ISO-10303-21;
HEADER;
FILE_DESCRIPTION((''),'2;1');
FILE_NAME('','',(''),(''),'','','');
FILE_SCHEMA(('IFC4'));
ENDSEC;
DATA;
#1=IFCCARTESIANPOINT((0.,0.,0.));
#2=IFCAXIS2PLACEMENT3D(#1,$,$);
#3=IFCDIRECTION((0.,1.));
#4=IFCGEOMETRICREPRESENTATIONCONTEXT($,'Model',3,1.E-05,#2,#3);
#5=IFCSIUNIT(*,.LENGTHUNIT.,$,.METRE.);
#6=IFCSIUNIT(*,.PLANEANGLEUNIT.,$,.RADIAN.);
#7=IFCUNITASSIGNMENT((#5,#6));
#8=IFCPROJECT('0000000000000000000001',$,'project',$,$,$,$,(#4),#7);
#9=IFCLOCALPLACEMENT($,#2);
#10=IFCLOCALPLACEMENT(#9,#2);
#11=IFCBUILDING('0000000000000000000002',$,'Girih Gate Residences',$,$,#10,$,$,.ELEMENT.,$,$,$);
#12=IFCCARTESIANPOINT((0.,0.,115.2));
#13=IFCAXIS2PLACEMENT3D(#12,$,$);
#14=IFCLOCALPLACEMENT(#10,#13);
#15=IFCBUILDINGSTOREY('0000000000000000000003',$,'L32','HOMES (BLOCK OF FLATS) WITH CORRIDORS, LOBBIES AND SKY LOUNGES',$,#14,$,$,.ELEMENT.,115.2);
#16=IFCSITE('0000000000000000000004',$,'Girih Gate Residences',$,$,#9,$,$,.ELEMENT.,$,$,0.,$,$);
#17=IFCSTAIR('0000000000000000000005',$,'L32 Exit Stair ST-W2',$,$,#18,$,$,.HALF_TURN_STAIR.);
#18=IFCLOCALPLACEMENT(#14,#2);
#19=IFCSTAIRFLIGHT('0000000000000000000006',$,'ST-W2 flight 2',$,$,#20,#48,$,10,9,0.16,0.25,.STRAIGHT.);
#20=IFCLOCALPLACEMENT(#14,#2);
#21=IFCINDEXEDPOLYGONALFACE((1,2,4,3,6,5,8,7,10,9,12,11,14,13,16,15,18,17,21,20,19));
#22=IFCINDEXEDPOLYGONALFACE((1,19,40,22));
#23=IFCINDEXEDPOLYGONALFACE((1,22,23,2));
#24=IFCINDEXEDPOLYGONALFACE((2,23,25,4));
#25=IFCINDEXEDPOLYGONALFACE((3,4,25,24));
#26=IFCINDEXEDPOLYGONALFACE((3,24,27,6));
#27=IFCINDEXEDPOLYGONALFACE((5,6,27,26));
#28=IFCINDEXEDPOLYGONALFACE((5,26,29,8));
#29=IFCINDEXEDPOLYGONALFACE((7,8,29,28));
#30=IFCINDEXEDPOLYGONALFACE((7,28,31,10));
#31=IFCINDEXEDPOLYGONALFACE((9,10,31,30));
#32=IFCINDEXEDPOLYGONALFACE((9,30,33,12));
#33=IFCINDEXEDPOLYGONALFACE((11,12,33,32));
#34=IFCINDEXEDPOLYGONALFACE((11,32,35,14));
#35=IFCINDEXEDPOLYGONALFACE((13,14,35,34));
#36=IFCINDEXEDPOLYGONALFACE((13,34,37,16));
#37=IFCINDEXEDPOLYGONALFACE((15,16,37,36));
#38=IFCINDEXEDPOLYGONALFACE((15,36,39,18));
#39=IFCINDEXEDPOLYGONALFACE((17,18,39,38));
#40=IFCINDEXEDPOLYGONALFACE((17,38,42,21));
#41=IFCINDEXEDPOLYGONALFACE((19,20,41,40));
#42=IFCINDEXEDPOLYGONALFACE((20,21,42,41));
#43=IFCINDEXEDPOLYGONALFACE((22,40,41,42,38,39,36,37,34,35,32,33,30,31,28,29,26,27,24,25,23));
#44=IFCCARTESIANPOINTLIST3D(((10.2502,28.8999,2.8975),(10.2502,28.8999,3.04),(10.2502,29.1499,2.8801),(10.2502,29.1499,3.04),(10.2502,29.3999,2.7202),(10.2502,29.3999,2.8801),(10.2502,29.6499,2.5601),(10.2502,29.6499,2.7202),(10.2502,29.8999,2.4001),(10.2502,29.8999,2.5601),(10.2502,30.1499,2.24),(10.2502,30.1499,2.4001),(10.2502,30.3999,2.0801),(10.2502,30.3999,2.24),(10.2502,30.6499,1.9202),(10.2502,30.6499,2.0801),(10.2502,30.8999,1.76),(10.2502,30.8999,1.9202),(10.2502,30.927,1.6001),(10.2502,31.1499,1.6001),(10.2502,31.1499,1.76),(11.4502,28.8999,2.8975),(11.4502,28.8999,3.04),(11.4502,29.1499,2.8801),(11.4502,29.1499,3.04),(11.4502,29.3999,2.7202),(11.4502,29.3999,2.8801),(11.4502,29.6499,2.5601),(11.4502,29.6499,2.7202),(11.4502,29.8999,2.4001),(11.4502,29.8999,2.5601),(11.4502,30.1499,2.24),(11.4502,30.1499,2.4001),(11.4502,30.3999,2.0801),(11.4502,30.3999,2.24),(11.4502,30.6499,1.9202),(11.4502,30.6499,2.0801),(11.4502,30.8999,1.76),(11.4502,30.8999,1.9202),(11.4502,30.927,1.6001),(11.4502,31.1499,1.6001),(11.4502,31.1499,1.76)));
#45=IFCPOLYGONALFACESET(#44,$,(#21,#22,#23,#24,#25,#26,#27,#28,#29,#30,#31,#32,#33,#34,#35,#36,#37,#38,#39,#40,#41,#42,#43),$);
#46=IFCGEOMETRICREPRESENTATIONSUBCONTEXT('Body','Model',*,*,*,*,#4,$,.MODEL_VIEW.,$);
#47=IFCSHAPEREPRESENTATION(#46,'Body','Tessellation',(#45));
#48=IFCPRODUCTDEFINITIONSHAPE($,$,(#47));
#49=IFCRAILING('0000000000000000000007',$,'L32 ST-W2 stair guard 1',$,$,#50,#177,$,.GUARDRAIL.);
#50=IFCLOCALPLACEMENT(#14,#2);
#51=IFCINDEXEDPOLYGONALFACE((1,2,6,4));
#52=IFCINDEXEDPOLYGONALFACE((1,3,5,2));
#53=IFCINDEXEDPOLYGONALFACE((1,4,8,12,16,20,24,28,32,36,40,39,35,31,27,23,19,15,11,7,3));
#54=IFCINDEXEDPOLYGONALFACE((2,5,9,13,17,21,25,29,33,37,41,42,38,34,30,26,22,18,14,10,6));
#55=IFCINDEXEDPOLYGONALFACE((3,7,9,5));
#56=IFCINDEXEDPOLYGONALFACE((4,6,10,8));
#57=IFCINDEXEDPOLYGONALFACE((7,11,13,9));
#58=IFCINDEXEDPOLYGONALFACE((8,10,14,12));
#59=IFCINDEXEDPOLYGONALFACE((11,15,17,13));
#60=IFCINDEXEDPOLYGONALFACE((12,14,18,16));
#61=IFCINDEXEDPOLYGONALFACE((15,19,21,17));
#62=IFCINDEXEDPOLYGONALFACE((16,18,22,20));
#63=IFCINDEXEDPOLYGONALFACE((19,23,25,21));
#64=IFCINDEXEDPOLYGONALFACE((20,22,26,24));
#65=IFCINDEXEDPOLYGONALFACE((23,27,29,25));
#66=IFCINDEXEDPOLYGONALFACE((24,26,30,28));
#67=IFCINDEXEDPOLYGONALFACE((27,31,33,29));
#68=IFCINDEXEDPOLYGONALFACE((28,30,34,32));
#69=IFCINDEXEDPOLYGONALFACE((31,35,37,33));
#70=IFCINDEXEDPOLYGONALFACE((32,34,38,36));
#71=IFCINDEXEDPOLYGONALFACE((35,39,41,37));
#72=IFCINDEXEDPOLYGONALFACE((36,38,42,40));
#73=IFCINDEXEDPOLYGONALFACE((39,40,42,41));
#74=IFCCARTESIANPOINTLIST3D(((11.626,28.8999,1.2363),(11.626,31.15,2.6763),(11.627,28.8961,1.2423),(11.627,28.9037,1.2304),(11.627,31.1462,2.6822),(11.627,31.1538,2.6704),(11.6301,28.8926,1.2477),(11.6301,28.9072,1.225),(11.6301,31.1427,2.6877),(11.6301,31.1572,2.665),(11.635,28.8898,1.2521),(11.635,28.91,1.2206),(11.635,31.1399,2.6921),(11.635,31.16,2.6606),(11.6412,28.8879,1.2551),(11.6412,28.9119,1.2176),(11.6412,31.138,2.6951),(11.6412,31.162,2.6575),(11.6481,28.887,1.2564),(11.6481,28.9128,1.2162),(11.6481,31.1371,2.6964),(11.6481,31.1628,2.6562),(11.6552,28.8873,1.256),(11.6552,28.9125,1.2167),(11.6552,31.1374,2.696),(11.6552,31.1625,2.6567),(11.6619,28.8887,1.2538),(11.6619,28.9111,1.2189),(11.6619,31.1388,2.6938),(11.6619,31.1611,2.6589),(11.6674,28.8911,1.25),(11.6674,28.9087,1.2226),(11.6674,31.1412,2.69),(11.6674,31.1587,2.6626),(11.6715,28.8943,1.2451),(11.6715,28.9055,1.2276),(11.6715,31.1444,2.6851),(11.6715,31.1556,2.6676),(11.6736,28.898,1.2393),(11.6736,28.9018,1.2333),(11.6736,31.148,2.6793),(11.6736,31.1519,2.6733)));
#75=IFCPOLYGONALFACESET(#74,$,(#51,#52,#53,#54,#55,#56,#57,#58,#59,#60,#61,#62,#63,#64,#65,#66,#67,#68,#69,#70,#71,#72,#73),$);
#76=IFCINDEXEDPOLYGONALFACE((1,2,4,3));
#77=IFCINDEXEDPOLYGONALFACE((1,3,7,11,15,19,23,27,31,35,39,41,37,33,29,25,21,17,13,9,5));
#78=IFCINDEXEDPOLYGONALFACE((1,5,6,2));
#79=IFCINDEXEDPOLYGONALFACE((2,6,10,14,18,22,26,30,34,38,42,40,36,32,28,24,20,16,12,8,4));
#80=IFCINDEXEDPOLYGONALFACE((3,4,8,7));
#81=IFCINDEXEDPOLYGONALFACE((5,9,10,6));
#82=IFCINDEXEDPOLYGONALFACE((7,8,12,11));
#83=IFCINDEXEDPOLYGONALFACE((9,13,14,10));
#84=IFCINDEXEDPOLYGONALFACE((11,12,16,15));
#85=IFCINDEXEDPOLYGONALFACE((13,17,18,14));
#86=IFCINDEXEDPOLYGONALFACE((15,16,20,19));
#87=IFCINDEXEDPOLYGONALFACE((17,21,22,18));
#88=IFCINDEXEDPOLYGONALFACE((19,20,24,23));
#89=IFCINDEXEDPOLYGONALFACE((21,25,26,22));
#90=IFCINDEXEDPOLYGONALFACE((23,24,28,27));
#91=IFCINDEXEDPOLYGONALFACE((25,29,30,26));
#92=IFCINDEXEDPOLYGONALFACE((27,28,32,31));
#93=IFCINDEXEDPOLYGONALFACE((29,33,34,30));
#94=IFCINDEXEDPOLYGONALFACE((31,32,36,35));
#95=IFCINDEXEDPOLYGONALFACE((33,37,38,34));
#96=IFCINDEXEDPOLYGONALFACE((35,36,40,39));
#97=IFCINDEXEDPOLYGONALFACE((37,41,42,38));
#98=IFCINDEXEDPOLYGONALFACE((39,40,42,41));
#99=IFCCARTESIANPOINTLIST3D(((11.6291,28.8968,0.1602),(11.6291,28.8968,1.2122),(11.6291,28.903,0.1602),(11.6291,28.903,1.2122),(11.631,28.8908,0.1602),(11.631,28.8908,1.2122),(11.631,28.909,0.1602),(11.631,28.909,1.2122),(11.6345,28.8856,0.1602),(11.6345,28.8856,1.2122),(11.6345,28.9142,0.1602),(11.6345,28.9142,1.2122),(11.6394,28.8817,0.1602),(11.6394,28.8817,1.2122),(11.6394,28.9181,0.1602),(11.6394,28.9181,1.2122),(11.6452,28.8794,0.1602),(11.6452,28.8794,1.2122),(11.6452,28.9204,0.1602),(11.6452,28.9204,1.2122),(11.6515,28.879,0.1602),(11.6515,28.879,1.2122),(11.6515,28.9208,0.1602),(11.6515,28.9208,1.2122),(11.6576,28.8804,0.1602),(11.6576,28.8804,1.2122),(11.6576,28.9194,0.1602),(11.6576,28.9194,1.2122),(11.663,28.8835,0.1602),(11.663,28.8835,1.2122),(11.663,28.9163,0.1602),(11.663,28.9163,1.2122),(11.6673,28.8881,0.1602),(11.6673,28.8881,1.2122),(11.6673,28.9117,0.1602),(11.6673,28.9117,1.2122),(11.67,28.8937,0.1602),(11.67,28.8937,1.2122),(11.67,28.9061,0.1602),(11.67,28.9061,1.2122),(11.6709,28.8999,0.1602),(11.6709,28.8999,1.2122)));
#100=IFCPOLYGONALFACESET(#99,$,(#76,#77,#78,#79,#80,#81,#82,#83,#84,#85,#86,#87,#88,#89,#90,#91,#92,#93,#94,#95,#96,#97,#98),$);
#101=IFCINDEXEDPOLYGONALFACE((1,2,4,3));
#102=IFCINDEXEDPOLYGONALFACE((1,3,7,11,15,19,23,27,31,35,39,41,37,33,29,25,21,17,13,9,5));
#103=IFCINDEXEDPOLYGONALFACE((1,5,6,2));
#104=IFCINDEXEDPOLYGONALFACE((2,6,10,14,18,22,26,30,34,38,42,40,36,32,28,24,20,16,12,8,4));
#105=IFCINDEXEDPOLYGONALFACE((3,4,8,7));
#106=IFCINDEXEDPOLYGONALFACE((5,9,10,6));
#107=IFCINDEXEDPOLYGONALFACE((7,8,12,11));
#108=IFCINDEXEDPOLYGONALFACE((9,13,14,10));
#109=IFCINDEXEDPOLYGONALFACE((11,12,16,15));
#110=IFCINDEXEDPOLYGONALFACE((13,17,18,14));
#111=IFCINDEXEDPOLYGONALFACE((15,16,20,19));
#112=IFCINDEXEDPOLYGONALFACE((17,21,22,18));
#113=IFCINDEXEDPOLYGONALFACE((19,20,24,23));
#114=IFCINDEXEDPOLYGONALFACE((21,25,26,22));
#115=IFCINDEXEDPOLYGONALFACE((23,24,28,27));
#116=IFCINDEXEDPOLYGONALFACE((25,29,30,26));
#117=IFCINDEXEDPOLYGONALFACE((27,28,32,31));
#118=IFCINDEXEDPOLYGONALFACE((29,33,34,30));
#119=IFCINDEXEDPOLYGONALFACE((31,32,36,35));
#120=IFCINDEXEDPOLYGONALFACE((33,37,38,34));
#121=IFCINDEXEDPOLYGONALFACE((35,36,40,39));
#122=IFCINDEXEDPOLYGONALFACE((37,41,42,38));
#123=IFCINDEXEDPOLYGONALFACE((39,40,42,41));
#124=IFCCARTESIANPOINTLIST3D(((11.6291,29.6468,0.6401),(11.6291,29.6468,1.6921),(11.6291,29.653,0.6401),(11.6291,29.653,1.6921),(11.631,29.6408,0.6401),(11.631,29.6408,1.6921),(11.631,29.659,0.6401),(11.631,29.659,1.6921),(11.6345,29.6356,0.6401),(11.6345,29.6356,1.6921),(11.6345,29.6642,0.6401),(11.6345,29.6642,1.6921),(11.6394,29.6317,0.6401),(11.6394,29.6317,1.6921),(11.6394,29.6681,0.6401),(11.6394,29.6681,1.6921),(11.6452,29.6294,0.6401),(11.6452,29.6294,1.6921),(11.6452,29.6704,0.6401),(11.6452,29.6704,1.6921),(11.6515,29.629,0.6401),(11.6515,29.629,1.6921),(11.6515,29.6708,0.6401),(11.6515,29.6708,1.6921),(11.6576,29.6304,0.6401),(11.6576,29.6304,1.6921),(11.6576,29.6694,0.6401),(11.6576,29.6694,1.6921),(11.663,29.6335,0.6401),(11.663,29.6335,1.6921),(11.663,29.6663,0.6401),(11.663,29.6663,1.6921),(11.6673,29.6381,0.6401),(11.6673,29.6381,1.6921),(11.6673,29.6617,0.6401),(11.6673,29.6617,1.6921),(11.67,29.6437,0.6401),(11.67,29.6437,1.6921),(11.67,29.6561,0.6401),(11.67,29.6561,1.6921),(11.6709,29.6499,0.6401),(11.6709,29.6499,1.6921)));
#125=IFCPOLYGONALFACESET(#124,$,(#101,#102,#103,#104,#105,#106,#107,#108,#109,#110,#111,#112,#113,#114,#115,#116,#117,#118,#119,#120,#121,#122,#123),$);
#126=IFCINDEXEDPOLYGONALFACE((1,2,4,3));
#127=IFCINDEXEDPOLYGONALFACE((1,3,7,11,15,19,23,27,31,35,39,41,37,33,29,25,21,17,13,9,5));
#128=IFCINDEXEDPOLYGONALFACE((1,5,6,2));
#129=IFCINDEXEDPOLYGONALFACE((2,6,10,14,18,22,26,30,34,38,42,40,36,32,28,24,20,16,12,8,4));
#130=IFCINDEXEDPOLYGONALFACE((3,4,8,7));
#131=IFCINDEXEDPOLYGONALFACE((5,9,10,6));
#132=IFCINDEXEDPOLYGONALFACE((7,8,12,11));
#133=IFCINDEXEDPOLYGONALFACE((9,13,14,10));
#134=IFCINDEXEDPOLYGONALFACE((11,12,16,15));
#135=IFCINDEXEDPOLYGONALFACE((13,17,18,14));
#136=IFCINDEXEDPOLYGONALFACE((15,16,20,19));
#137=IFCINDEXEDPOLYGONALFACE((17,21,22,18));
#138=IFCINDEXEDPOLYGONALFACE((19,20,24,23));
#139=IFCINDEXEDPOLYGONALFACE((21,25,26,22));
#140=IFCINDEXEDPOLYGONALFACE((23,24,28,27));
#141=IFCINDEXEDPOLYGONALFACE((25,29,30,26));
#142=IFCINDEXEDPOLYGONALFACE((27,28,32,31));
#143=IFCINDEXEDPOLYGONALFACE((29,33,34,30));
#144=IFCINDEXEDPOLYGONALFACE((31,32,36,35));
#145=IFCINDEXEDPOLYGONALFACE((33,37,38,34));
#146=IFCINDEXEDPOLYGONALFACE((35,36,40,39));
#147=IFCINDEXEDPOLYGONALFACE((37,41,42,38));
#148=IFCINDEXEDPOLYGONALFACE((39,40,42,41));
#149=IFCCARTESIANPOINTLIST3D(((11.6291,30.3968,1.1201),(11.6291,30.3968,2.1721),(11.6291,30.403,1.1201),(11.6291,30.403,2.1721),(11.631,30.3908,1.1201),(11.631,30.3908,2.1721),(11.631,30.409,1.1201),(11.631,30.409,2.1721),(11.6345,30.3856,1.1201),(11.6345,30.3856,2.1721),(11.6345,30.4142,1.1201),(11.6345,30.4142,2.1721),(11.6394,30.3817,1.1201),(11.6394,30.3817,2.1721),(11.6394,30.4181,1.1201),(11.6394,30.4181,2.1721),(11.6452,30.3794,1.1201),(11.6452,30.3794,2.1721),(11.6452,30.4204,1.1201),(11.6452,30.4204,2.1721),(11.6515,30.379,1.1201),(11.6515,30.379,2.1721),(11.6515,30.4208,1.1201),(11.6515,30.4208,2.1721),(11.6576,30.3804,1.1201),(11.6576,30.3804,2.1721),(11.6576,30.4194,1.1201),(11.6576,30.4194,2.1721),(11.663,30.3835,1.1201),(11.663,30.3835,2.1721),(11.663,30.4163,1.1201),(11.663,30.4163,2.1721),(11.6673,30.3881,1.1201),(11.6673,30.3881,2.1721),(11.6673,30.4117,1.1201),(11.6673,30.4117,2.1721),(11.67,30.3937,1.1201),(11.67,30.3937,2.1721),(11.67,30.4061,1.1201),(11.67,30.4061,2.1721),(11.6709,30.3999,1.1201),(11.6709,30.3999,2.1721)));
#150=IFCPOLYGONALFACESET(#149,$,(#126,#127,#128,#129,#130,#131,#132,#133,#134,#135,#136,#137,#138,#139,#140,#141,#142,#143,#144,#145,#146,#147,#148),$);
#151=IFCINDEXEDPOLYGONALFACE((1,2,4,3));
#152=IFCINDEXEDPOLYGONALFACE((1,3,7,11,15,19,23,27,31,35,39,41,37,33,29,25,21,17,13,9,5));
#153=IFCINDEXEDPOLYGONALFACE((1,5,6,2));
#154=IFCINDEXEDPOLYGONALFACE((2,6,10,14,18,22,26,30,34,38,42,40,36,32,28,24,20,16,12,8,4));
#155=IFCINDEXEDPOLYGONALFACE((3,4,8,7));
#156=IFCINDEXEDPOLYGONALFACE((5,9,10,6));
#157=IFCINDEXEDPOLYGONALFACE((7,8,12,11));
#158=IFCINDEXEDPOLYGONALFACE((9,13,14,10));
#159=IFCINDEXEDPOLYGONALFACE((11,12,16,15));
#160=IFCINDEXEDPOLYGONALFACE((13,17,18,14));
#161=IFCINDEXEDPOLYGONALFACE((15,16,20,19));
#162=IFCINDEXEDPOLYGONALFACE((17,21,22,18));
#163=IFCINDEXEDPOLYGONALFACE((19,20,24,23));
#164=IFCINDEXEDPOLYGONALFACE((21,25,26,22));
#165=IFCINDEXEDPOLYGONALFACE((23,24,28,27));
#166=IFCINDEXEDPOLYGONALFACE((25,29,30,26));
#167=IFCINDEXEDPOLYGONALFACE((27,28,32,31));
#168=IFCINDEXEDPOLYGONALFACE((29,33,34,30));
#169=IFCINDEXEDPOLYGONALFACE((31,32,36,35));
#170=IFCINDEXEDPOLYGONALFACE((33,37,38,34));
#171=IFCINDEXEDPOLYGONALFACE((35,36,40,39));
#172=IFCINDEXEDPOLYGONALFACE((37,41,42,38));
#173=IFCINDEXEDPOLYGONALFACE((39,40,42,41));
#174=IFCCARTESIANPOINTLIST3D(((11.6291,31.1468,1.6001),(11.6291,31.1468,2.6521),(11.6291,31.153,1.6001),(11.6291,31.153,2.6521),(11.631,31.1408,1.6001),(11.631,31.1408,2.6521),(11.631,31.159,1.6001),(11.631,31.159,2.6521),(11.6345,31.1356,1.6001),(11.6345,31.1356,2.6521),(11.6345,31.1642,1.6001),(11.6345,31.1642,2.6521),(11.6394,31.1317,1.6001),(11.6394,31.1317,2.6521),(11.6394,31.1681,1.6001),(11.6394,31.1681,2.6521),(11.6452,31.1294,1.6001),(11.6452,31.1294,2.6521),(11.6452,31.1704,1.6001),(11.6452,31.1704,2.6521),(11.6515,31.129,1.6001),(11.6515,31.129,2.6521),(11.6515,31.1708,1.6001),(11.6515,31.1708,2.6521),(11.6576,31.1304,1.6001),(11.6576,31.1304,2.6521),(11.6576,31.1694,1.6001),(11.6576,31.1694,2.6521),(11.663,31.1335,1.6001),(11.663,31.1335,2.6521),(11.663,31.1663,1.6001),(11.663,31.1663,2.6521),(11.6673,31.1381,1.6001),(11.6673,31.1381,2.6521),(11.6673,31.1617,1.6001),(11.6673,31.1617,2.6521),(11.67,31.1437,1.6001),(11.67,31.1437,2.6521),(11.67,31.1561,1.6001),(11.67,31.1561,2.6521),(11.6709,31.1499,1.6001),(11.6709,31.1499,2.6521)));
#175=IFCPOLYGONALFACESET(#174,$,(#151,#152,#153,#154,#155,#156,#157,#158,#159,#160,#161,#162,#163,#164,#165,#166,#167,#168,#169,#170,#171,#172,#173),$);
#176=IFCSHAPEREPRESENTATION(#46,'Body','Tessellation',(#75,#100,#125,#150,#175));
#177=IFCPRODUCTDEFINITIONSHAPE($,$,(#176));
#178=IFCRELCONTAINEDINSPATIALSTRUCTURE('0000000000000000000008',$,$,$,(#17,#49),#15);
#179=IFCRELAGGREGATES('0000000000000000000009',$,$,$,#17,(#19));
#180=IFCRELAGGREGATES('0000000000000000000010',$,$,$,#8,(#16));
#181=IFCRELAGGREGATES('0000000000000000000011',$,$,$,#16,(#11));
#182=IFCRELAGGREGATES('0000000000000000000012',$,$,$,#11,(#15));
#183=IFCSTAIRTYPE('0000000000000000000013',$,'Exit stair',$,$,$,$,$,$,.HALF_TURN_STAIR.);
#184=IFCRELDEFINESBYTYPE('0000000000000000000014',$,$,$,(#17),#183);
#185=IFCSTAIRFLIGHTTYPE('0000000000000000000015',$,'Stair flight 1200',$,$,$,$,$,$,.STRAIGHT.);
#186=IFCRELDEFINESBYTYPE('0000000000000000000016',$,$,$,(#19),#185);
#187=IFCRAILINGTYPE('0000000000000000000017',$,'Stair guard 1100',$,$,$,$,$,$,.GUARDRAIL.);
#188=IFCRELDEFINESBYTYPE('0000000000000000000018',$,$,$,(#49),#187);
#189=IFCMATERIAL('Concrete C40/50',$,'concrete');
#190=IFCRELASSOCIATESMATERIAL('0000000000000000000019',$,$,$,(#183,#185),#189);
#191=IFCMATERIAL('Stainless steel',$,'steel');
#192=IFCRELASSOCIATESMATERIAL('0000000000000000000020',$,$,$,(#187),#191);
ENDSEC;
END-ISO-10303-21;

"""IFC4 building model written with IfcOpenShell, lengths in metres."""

from ifc_helpers import new_model, si_unit, direction, frame, origin, origin_2d, place, context, subcontext, project, spatial, polyline, circle, outline, extrude, material, type_object, element, aggregate, save


model = new_model("IFC4")

# Units and contexts
model_context = context("Model", 3, precision=1e-05, world=origin(), true_north=direction((0.0, 1.0)))
body_context = subcontext(model_context, "Body", "Model", "MODEL_VIEW")
ifc_project = project(units=[si_unit("LENGTHUNIT", "METRE"), si_unit("PLANEANGLEUNIT", "RADIAN")], contexts=[model_context])

# Site, building, storey
site_placement = place(None, origin())
site = spatial("IfcSite", under=ifc_project, at=site_placement, Name="Girih Gate Residences", CompositionType="ELEMENT", RefElevation=0.0)
building_placement = place(site_placement, origin())
building = spatial("IfcBuilding", under=site, at=building_placement, Name="Girih Gate Residences", CompositionType="ELEMENT")
storey_placement = place(building_placement, frame((0.0, 0.0, 115.2)))
storey = spatial("IfcBuildingStorey", under=building, at=storey_placement, Name="L32", Description="HOMES (BLOCK OF FLATS) WITH CORRIDORS, LOBBIES AND SKY LOUNGES", CompositionType="ELEMENT", Elevation=115.2)

# Shared definitions
ifc_material_1 = material(Name="Concrete C40/50", Category="concrete")

# Stair, stair flight
stair_type = type_object("IfcStairType", Name="Exit stair", PredefinedType="HALF_TURN_STAIR", material=ifc_material_1)
stair_placement = place(storey_placement, origin())
stair = element("IfcStair", 1, at=stair_placement, inside=storey, type_object=stair_type, Name="L32 Exit Stair ST-W2", PredefinedType="HALF_TURN_STAIR")
stair_flight_type = type_object("IfcStairFlightType", Name="Stair flight 1200", PredefinedType="STRAIGHT", material=ifc_material_1)
stair_flight_1_placement = place(storey_placement, frame((10.8501, 31.1499, 1.6001), z_axis=(0.0, 0.0, 1.0), x_axis=(0.0, -1.0, 0.0)))
stair_flight_1 = element("IfcStairFlight", 2, at=stair_flight_1_placement, type_object=stair_flight_type, Name="ST-W2 flight 2", NumberOfRisers=10, NumberOfTreads=9, PredefinedType="STRAIGHT", RiserHeight=0.16, TreadLength=0.25, context=body_context, shape_type="SweptSolid", body=[
    extrude(outline(polyline([(0.0, 0.0), (0.0, 0.1599), (0.25, 0.1599), (0.25, 0.3201), (0.5, 0.3201), (0.5, 0.48), (0.75, 0.48), (0.75, 0.6399), (1.0, 0.6399), (1.0, 0.8), (1.25, 0.8), (1.25, 0.96), (1.5, 0.96), (1.5, 1.1201), (1.75, 1.1201), (1.75, 1.28), (2.0, 1.28), (2.0, 1.4399), (2.25, 1.4399), (2.25, 1.6001), (2.25, 1.2974), (0.2229, 0.0), (0.0, 0.0)])), frame((0.0, 0.6001, 0.0), z_axis=(0.0, -1.0, 0.0), x_axis=(1.0, 0.0, 0.0)), (0.0, 0.0, 1.0), 1.2),
])
aggregate(stair, [stair_flight_1])

# Railing
ifc_material_2 = material(Name="Stainless steel", Category="steel")
railing_type_1 = type_object("IfcRailingType", Name="Stair guard 1100", PredefinedType="GUARDRAIL", material=ifc_material_2)
railing_1_placement = place(storey_placement, frame((11.6499, 28.8999, 0.1602)))
element("IfcRailing", 3, at=railing_1_placement, inside=storey, type_object=railing_type_1, Name="L32 ST-W2 stair guard 1", PredefinedType="GUARDRAIL", context=body_context, shape_type="SweptSolid", body=[
    extrude(circle(Radius=0.0239, at=origin_2d()), frame((0.0, 0.0, 1.0762), z_axis=(0.0, 0.842281, 0.539038), x_axis=(-1.0, 0.0, 0.0)), (0.0, 0.0, 1.0), 2.6714),
    extrude(circle(Radius=0.021, at=origin_2d()), origin(), (0.0, 0.0, 1.0), 1.052),
    extrude(circle(Radius=0.021, at=origin_2d()), frame((0.0, 0.75, 0.48)), (0.0, 0.0, 1.0), 1.052),
    extrude(circle(Radius=0.021, at=origin_2d()), frame((0.0, 1.5, 0.96)), (0.0, 0.0, 1.0), 1.052),
    extrude(circle(Radius=0.021, at=origin_2d()), frame((0.0, 2.25, 1.4399)), (0.0, 0.0, 1.0), 1.052),
])

save(model, "model.ifc")
